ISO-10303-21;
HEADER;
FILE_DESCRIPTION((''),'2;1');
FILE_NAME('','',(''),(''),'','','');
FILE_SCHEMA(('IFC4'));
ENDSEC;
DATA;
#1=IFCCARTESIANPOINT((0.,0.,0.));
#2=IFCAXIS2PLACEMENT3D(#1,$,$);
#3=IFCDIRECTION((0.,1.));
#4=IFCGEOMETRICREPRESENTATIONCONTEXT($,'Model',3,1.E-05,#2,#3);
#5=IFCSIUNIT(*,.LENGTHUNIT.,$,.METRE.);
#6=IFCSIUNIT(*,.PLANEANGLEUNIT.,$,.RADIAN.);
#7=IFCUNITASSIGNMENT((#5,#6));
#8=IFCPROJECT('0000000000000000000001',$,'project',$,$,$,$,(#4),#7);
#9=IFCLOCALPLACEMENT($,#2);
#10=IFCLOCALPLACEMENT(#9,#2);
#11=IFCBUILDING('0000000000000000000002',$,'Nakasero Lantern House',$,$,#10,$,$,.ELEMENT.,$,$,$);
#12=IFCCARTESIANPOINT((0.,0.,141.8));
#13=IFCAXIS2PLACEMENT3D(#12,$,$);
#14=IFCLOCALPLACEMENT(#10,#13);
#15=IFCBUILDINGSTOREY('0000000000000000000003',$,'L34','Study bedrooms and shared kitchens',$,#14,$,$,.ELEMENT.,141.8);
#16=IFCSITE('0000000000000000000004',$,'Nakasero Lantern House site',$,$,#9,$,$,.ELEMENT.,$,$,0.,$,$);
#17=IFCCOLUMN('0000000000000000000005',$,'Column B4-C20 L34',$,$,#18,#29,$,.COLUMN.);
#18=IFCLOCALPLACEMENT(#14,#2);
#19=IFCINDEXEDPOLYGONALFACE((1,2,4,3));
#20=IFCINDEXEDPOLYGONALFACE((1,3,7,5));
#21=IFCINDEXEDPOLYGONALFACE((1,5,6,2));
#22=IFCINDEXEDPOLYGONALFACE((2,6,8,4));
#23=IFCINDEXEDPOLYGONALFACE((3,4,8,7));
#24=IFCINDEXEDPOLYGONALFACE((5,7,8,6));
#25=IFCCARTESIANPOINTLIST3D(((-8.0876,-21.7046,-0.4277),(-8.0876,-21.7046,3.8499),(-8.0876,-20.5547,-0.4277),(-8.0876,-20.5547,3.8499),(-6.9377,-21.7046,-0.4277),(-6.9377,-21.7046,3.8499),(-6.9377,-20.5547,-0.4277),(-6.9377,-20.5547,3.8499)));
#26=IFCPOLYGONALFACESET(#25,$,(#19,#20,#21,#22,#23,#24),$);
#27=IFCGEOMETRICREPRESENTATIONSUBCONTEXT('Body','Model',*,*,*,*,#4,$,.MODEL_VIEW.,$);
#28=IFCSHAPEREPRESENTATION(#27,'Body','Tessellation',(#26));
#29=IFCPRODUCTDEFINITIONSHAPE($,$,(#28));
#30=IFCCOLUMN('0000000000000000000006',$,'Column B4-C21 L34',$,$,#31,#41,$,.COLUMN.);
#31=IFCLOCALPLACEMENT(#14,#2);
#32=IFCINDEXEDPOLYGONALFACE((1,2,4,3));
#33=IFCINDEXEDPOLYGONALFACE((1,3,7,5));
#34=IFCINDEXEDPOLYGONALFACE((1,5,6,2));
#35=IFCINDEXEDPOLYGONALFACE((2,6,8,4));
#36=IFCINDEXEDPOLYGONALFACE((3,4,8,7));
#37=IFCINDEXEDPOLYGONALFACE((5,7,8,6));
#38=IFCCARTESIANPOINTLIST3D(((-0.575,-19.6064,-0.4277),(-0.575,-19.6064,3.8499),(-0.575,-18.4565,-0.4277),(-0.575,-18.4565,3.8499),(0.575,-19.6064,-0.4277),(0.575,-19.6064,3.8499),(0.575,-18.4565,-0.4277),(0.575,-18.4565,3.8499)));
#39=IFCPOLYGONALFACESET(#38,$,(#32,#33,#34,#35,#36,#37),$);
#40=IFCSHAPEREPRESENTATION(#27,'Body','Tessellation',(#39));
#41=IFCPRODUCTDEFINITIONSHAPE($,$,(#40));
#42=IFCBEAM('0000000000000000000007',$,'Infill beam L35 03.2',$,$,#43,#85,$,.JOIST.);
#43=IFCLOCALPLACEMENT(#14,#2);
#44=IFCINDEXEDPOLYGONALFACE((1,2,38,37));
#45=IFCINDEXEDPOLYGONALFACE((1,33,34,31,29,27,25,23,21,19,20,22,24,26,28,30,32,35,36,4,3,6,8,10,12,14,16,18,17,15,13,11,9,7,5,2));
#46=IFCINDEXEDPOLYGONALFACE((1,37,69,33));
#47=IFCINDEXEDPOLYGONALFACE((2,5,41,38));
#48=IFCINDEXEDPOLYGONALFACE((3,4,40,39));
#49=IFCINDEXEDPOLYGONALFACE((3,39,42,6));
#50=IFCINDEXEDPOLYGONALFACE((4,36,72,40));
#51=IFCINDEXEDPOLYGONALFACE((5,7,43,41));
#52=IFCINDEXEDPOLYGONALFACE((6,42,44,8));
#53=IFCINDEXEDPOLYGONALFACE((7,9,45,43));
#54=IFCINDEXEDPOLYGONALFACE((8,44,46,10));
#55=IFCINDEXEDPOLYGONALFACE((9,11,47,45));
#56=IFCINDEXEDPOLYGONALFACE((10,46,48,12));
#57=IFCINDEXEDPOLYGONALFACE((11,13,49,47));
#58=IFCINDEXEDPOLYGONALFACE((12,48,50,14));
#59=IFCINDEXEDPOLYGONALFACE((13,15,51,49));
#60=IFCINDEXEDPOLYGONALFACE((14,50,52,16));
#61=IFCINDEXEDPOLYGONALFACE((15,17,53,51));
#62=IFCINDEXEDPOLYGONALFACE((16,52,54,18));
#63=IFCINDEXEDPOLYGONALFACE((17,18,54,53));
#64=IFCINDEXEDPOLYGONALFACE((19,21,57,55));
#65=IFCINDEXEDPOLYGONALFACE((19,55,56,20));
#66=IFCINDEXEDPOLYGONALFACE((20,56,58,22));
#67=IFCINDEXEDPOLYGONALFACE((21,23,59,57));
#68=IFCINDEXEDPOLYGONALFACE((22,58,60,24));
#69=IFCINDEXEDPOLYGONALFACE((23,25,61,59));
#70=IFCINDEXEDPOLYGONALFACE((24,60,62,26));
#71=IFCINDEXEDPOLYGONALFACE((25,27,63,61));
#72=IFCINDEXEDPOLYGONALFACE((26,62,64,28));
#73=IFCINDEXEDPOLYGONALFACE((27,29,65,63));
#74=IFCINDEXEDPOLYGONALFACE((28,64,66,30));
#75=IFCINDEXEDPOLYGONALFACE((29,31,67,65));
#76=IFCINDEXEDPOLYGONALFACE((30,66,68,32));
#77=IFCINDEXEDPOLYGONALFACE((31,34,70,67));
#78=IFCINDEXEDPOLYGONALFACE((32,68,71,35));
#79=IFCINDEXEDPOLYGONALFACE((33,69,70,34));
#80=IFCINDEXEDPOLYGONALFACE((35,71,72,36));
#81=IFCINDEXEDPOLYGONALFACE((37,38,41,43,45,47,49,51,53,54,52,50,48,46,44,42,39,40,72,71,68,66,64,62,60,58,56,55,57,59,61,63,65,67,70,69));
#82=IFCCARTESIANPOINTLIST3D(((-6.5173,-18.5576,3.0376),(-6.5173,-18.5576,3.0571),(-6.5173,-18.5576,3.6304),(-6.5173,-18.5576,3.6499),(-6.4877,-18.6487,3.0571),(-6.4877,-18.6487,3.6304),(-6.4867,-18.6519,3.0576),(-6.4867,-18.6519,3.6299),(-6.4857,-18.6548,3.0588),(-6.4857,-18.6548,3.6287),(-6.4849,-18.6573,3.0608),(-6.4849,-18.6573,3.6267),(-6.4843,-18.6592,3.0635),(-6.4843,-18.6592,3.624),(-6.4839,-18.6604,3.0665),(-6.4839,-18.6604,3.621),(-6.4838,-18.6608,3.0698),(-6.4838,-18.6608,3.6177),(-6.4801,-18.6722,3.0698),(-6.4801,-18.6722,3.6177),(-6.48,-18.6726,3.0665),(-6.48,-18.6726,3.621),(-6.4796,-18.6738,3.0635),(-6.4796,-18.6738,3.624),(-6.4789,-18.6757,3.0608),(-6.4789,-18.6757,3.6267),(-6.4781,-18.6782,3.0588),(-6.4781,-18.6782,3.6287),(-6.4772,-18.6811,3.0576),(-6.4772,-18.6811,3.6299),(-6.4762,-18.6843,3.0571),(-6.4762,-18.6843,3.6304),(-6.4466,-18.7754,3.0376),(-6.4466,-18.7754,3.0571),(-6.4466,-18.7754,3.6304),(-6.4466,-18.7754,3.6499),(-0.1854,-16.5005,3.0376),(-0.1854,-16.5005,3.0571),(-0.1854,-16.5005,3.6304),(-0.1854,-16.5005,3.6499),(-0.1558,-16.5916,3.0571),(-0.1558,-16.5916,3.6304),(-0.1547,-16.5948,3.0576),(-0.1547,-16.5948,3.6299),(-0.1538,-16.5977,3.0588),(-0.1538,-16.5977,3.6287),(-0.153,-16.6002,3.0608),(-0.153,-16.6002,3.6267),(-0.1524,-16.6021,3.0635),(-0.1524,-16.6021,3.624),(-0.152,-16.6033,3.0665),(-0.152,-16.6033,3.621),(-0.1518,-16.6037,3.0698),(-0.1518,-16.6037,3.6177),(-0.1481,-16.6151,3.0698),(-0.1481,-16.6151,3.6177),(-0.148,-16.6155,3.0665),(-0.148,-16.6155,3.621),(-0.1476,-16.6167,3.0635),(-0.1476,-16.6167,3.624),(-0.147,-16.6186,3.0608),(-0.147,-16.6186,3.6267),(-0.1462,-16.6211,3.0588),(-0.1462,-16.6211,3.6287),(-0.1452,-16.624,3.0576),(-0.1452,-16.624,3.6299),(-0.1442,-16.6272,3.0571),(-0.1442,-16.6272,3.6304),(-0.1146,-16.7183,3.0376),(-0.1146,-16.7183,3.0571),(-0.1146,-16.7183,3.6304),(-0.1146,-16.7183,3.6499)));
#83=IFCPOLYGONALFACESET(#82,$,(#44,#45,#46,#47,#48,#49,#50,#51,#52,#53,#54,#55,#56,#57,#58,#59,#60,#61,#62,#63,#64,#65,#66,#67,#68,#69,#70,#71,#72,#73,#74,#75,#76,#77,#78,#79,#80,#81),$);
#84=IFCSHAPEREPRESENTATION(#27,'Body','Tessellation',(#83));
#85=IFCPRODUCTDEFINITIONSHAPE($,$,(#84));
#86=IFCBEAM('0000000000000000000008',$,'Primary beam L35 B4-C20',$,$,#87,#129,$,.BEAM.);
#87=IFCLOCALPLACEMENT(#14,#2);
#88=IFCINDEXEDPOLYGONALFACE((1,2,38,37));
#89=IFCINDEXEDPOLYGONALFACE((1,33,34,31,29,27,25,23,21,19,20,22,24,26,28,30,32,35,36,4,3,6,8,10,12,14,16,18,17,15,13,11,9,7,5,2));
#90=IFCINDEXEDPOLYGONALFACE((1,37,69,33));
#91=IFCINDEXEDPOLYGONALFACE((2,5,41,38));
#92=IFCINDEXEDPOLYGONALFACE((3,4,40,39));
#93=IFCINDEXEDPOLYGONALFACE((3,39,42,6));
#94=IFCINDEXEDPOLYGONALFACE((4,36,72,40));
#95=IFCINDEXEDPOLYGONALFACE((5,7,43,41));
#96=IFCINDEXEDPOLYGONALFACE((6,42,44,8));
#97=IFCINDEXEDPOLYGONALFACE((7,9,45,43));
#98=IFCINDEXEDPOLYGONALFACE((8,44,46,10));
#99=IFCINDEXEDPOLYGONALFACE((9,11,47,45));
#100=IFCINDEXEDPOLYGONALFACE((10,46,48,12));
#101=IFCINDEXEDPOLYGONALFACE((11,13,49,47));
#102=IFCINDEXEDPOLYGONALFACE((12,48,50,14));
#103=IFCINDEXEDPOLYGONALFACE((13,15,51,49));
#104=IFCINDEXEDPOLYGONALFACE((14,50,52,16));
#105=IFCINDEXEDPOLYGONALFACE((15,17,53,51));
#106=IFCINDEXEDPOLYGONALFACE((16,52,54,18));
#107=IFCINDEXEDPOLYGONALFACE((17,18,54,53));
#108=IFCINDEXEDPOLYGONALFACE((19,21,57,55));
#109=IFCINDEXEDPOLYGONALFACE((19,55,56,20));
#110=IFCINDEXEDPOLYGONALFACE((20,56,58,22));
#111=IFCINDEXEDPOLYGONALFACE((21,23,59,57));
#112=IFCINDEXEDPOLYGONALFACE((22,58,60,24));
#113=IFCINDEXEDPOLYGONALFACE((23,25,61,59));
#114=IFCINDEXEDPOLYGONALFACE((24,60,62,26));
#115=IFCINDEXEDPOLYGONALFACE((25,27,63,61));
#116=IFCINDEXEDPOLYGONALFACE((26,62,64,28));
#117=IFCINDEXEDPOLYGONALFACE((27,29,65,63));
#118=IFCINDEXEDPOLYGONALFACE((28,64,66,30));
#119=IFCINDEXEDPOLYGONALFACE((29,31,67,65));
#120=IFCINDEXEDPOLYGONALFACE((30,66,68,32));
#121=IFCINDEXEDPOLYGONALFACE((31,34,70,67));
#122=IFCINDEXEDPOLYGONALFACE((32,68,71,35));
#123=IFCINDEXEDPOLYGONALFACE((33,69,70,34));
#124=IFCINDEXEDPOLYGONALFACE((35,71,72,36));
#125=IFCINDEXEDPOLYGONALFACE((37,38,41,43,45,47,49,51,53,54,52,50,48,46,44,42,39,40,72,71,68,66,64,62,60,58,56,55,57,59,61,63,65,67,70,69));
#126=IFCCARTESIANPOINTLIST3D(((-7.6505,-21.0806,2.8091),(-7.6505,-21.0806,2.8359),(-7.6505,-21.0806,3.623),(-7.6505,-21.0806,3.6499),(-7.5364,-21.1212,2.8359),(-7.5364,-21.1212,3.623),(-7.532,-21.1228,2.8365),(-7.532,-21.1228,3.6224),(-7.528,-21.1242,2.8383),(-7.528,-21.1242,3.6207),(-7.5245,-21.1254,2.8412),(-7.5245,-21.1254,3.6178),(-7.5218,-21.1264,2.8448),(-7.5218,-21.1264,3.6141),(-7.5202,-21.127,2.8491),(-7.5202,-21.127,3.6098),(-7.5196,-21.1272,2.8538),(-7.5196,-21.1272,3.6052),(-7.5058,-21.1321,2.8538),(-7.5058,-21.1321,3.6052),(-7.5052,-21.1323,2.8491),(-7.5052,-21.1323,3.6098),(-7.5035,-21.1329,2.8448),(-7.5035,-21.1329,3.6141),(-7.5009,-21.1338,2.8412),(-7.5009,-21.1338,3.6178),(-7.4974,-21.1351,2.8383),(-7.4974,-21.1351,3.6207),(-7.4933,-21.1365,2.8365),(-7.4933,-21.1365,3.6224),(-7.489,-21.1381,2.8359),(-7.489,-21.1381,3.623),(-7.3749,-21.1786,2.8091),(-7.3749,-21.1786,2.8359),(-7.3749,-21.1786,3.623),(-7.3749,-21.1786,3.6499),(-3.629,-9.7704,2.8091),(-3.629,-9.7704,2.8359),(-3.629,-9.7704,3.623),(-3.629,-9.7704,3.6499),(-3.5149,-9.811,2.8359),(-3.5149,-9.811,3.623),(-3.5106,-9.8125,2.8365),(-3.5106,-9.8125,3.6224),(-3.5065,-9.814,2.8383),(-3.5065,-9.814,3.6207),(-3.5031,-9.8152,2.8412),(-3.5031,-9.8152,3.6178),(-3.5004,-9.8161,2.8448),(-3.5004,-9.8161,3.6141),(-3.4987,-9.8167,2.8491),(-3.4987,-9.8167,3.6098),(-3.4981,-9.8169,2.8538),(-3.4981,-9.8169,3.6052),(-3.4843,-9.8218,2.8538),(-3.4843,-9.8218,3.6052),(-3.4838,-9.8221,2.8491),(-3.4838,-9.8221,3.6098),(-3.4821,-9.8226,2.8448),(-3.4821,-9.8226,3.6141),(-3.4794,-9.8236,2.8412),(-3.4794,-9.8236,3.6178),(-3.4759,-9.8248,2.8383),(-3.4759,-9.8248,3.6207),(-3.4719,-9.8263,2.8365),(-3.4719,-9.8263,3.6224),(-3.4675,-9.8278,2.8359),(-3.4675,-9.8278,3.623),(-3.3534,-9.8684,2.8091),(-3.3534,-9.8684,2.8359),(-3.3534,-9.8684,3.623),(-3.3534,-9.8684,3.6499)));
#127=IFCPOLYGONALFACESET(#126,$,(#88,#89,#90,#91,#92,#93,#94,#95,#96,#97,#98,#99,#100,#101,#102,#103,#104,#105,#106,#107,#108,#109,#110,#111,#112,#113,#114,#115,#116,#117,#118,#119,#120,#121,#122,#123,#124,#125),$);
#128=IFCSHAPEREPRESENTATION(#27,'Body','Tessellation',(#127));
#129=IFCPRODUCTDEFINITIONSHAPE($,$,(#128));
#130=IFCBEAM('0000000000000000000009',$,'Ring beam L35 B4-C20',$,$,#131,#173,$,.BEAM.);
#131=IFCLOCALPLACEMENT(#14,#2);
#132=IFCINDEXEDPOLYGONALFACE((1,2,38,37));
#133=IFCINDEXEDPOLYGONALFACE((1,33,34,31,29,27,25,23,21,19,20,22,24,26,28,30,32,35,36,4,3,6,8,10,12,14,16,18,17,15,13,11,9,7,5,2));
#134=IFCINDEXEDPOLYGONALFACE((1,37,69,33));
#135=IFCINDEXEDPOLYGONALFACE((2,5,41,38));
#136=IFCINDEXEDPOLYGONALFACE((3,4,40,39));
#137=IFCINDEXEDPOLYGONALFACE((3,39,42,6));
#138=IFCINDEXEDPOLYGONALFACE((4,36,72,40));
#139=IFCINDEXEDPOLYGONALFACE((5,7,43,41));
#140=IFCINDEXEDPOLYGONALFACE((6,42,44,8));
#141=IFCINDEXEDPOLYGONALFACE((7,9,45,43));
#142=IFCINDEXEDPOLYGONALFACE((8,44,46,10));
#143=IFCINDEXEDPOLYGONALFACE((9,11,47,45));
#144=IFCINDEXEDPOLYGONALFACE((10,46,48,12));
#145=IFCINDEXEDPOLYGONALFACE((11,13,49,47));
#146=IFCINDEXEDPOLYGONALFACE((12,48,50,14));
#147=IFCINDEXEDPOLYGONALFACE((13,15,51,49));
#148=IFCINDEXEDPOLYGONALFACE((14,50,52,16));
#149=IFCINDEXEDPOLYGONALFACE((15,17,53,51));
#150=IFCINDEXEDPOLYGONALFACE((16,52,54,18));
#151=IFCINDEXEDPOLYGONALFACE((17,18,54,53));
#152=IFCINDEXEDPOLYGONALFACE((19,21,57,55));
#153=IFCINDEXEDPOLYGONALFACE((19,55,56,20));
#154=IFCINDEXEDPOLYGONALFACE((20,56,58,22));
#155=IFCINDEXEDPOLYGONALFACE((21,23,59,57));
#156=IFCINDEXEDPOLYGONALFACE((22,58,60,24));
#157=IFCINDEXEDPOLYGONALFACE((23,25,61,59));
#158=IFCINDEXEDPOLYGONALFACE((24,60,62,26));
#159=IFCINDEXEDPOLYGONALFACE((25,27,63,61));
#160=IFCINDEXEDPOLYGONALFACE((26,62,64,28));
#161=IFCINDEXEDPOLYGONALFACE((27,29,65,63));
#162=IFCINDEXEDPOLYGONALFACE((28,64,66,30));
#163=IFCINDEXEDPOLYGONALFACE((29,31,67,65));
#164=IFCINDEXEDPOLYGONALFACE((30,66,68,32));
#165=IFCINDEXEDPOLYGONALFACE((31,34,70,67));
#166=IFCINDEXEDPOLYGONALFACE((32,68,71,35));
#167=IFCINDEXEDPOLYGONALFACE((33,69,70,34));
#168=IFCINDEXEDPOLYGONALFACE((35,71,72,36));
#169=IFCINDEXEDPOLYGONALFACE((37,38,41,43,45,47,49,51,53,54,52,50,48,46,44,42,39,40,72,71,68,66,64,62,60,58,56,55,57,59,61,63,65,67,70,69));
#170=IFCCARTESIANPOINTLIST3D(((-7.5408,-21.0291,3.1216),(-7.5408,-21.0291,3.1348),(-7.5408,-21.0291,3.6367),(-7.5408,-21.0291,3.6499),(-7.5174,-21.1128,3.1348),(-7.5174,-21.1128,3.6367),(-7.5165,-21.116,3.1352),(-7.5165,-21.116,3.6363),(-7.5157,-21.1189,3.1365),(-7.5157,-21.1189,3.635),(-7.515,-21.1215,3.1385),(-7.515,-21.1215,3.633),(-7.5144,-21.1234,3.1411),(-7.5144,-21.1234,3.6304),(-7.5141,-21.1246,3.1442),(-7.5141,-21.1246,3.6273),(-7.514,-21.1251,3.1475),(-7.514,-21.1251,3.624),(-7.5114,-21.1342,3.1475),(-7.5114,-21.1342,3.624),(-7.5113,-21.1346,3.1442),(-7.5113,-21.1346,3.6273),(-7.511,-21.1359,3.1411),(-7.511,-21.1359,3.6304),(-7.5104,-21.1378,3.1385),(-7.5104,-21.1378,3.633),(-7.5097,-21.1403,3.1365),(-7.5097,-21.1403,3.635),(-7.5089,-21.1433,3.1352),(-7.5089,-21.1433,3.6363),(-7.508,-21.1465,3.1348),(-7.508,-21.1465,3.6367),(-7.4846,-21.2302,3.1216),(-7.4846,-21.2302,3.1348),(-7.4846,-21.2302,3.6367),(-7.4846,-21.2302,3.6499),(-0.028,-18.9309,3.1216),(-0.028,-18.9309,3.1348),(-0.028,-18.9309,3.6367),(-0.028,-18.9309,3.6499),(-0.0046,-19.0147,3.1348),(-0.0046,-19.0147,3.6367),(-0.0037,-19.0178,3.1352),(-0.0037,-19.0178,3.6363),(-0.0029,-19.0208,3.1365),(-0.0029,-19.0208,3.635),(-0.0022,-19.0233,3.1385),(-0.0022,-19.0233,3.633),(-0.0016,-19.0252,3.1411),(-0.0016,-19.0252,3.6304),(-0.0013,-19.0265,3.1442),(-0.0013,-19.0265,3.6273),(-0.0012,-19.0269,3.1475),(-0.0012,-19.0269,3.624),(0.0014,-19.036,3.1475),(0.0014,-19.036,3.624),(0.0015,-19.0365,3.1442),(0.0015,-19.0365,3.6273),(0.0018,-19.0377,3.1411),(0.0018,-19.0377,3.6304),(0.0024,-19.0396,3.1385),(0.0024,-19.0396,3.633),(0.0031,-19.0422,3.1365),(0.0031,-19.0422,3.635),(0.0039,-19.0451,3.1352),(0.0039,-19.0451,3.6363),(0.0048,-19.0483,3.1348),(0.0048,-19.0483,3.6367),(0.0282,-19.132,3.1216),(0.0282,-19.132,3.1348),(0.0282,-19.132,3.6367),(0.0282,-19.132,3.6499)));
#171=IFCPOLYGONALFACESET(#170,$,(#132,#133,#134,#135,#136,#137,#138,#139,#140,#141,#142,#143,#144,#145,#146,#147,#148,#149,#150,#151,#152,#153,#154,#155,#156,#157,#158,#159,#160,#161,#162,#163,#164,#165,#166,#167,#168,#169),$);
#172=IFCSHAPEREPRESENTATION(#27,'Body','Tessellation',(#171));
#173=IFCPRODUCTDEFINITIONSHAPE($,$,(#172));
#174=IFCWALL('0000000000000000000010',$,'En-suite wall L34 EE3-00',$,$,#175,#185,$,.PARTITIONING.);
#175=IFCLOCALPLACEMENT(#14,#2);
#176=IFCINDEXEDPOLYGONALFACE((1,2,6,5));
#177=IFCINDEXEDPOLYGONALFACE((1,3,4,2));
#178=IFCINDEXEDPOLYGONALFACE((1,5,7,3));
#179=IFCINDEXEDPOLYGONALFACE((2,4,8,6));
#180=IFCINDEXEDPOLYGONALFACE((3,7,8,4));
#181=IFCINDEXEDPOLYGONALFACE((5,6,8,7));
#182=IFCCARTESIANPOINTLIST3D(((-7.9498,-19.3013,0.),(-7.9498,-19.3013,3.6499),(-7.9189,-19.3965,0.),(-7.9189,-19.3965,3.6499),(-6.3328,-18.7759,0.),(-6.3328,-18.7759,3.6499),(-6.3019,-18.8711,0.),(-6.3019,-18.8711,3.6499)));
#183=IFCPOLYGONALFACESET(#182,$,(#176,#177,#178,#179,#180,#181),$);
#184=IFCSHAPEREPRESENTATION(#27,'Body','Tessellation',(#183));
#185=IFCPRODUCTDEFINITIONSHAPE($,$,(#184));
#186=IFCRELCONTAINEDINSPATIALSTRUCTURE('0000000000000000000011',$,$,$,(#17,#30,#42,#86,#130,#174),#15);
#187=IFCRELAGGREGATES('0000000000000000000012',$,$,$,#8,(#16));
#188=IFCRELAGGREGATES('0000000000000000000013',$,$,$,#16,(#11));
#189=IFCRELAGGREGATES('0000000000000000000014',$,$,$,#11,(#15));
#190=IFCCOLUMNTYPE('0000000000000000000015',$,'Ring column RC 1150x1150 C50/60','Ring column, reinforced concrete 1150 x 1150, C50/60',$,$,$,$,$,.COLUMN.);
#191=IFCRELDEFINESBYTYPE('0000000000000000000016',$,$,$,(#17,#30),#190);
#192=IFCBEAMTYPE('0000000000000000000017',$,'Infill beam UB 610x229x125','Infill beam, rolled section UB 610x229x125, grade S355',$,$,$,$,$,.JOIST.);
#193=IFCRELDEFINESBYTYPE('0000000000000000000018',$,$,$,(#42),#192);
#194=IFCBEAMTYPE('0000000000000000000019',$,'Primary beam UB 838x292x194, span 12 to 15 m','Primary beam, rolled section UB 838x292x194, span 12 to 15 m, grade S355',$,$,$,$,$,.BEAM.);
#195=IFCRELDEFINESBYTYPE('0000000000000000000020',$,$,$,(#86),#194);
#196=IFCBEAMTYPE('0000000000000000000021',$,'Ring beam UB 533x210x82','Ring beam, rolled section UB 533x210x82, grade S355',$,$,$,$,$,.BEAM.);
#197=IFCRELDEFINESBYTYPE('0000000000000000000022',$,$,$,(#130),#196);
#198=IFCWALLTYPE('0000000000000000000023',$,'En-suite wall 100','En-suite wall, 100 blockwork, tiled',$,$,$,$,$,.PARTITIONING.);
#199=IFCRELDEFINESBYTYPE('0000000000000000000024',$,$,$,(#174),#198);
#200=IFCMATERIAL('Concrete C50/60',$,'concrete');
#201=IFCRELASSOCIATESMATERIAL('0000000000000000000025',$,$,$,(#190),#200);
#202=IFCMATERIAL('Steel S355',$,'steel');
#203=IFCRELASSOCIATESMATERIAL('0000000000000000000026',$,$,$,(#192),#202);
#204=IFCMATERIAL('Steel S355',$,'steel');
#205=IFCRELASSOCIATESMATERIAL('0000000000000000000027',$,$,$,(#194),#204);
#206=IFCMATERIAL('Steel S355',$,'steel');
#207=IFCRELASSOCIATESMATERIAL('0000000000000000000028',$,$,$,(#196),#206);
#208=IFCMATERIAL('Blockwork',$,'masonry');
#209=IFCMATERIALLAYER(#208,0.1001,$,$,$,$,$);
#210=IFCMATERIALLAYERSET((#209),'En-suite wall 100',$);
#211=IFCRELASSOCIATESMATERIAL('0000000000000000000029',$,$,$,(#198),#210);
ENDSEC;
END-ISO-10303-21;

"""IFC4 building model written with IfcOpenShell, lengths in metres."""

from ifc_helpers import new_model, si_unit, direction, frame, frame_2d, origin, origin_2d, place, context, subcontext, project, spatial, rectangle, i_section, extrude, material, layer, layer_set, material_profile, profile_set, type_object, element, save


model = new_model("IFC4")

# Units and contexts
model_context = context("Model", 3, precision=1e-05, world=origin(), true_north=direction((0.0, 1.0)))
body_context = subcontext(model_context, "Body", "Model", "MODEL_VIEW")
ifc_project = project(units=[si_unit("LENGTHUNIT", "METRE"), si_unit("PLANEANGLEUNIT", "RADIAN")], contexts=[model_context])

# Site, building, storey
site_placement = place(None, origin())
site = spatial("IfcSite", under=ifc_project, at=site_placement, Name="Nakasero Lantern House site", CompositionType="ELEMENT", RefElevation=0.0)
building_placement = place(site_placement, origin())
building = spatial("IfcBuilding", under=site, at=building_placement, Name="Nakasero Lantern House", CompositionType="ELEMENT")
storey_placement = place(building_placement, frame((0.0, 0.0, 141.8)))
storey = spatial("IfcBuildingStorey", under=building, at=storey_placement, Name="L34", Description="Study bedrooms and shared kitchens", CompositionType="ELEMENT", Elevation=141.8)

# Columns
ifc_material_1 = material(Name="Concrete C50/60", Category="concrete")
ifc_material_profile_1 = material_profile(ifc_material_1, rectangle(XDim=1.1499, YDim=1.1499, at=origin_2d()), Name="RC 1150x1150")
ifc_profile_set_1 = profile_set([ifc_material_profile_1], Name="Concrete C50/60")
column_type = type_object("IfcColumnType", Name="Ring column RC 1150x1150 C50/60", Description="Ring column, reinforced concrete 1150 x 1150, C50/60", PredefinedType="COLUMN", material=ifc_profile_set_1)
for number, where, z_axis, x_axis, name in (
    (1, (-7.5127, -21.1296, -0.4277), (0.0, 0.0, 1.0), (1.0, 0.0, 0.0), "Column B4-C20 L34"),
    (2, (0.0, -19.0315, -0.4277), (0.0, 0.0, 1.0), (1.0, 0.0, 0.0), "Column B4-C21 L34"),
):
    element("IfcColumn", number, at=place(storey_placement, frame(where, z_axis=z_axis, x_axis=x_axis)), inside=storey, type_object=column_type, Name=name, PredefinedType="COLUMN", context=body_context, shape_type="SweptSolid", body=[
        extrude(rectangle(XDim=1.1499, YDim=1.1499, at=origin_2d()), origin(), (0.0, 0.0, 1.0), 4.2776),
    ])

# Beams
ifc_material_2 = material(Name="Steel S355", Category="steel")
ifc_material_profile_2 = material_profile(ifc_material_2, i_section(OverallWidth=0.229, OverallDepth=0.6123, WebThickness=0.012, FlangeThickness=0.0195, FilletRadius=0.0127, at=origin_2d()), Name="UB 610x229x125")
ifc_profile_set_2 = profile_set([ifc_material_profile_2], Name="Steel S355")
beam_type_1 = type_object("IfcBeamType", Name="Infill beam UB 610x229x125", Description="Infill beam, rolled section UB 610x229x125, grade S355", PredefinedType="JOIST", material=ifc_profile_set_2)
beam_1_placement = place(storey_placement, frame((-6.4819, -18.6665, 3.3438), z_axis=(0.951069, 0.30898, 0.0), x_axis=(-0.30898, 0.951069, 0.0)))
element("IfcBeam", 3, at=beam_1_placement, inside=storey, type_object=beam_type_1, Name="Infill beam L35 03.2", PredefinedType="JOIST", context=body_context, shape_type="SweptSolid", body=[
    extrude(i_section(OverallWidth=0.229, OverallDepth=0.6123, WebThickness=0.012, FlangeThickness=0.0195, FilletRadius=0.0127, at=origin_2d()), origin(), (0.0, 0.0, 1.0), 6.6577),
])
ifc_material_3 = material(Name="Steel S355", Category="steel")
ifc_material_profile_3 = material_profile(ifc_material_3, i_section(OverallWidth=0.2925, OverallDepth=0.8408, WebThickness=0.0146, FlangeThickness=0.0269, FilletRadius=0.0178, at=origin_2d()), Name="UB 838x292x194")
ifc_profile_set_3 = profile_set([ifc_material_profile_3], Name="Steel S355")
beam_type_2 = type_object("IfcBeamType", Name="Primary beam UB 838x292x194, span 12 to 15 m", Description="Primary beam, rolled section UB 838x292x194, span 12 to 15 m, grade S355", PredefinedType="BEAM", material=ifc_profile_set_3)
beam_2_placement = place(storey_placement, frame((-7.5127, -21.1296, 3.2295), z_axis=(0.335013, 0.942214, 0.0), x_axis=(-0.942214, 0.335013, 0.0)))
element("IfcBeam", 4, at=beam_2_placement, inside=storey, type_object=beam_type_2, Name="Primary beam L35 B4-C20", PredefinedType="BEAM", context=body_context, shape_type="SweptSolid", body=[
    extrude(i_section(OverallWidth=0.2925, OverallDepth=0.8408, WebThickness=0.0146, FlangeThickness=0.0269, FilletRadius=0.0178, at=origin_2d()), origin(), (0.0, 0.0, 1.0), 12.0039),
])
ifc_material_4 = material(Name="Steel S355", Category="steel")
ifc_material_profile_4 = material_profile(ifc_material_4, i_section(OverallWidth=0.2087, OverallDepth=0.5283, WebThickness=0.0095, FlangeThickness=0.0132, FilletRadius=0.0127, at=origin_2d()), Name="UB 533x210x82")
ifc_profile_set_4 = profile_set([ifc_material_profile_4], Name="Steel S355")
beam_type_3 = type_object("IfcBeamType", Name="Ring beam UB 533x210x82", Description="Ring beam, rolled section UB 533x210x82, grade S355", PredefinedType="BEAM", material=ifc_profile_set_4)
beam_3_placement = place(storey_placement, frame((-7.5127, -21.1296, 3.3857), z_axis=(0.963144, 0.268987, 0.0), x_axis=(-0.268987, 0.963144, 0.0)))
element("IfcBeam", 5, at=beam_3_placement, inside=storey, type_object=beam_type_3, Name="Ring beam L35 B4-C20", PredefinedType="BEAM", context=body_context, shape_type="SweptSolid", body=[
    extrude(i_section(OverallWidth=0.2087, OverallDepth=0.5283, WebThickness=0.0095, FlangeThickness=0.0132, FilletRadius=0.0127, at=origin_2d()), origin(), (0.0, 0.0, 1.0), 7.8003),
])

# Wall
ifc_material_5 = material(Name="Blockwork", Category="masonry")
ifc_layer_1 = layer(ifc_material_5, 0.1001)
ifc_layer_set_1 = layer_set([ifc_layer_1], Name="En-suite wall 100")
wall_type_1 = type_object("IfcWallType", Name="En-suite wall 100", Description="En-suite wall, 100 blockwork, tiled", PredefinedType="PARTITIONING", material=ifc_layer_set_1)
wall_1_placement = place(storey_placement, frame((-7.9343, -19.3489, 0.0), z_axis=(0.0, 0.0, 1.0), x_axis=(0.951054, 0.309024, 0.0)))
element("IfcWall", 6, at=wall_1_placement, inside=storey, type_object=wall_type_1, Name="En-suite wall L34 EE3-00", PredefinedType="PARTITIONING", context=body_context, shape_type="SweptSolid", body=[
    extrude(rectangle(XDim=1.7002, YDim=0.1001, at=frame_2d((0.8501, 0.0))), origin(), (0.0, 0.0, 1.0), 3.6499),
])

save(model, "model.ifc")
